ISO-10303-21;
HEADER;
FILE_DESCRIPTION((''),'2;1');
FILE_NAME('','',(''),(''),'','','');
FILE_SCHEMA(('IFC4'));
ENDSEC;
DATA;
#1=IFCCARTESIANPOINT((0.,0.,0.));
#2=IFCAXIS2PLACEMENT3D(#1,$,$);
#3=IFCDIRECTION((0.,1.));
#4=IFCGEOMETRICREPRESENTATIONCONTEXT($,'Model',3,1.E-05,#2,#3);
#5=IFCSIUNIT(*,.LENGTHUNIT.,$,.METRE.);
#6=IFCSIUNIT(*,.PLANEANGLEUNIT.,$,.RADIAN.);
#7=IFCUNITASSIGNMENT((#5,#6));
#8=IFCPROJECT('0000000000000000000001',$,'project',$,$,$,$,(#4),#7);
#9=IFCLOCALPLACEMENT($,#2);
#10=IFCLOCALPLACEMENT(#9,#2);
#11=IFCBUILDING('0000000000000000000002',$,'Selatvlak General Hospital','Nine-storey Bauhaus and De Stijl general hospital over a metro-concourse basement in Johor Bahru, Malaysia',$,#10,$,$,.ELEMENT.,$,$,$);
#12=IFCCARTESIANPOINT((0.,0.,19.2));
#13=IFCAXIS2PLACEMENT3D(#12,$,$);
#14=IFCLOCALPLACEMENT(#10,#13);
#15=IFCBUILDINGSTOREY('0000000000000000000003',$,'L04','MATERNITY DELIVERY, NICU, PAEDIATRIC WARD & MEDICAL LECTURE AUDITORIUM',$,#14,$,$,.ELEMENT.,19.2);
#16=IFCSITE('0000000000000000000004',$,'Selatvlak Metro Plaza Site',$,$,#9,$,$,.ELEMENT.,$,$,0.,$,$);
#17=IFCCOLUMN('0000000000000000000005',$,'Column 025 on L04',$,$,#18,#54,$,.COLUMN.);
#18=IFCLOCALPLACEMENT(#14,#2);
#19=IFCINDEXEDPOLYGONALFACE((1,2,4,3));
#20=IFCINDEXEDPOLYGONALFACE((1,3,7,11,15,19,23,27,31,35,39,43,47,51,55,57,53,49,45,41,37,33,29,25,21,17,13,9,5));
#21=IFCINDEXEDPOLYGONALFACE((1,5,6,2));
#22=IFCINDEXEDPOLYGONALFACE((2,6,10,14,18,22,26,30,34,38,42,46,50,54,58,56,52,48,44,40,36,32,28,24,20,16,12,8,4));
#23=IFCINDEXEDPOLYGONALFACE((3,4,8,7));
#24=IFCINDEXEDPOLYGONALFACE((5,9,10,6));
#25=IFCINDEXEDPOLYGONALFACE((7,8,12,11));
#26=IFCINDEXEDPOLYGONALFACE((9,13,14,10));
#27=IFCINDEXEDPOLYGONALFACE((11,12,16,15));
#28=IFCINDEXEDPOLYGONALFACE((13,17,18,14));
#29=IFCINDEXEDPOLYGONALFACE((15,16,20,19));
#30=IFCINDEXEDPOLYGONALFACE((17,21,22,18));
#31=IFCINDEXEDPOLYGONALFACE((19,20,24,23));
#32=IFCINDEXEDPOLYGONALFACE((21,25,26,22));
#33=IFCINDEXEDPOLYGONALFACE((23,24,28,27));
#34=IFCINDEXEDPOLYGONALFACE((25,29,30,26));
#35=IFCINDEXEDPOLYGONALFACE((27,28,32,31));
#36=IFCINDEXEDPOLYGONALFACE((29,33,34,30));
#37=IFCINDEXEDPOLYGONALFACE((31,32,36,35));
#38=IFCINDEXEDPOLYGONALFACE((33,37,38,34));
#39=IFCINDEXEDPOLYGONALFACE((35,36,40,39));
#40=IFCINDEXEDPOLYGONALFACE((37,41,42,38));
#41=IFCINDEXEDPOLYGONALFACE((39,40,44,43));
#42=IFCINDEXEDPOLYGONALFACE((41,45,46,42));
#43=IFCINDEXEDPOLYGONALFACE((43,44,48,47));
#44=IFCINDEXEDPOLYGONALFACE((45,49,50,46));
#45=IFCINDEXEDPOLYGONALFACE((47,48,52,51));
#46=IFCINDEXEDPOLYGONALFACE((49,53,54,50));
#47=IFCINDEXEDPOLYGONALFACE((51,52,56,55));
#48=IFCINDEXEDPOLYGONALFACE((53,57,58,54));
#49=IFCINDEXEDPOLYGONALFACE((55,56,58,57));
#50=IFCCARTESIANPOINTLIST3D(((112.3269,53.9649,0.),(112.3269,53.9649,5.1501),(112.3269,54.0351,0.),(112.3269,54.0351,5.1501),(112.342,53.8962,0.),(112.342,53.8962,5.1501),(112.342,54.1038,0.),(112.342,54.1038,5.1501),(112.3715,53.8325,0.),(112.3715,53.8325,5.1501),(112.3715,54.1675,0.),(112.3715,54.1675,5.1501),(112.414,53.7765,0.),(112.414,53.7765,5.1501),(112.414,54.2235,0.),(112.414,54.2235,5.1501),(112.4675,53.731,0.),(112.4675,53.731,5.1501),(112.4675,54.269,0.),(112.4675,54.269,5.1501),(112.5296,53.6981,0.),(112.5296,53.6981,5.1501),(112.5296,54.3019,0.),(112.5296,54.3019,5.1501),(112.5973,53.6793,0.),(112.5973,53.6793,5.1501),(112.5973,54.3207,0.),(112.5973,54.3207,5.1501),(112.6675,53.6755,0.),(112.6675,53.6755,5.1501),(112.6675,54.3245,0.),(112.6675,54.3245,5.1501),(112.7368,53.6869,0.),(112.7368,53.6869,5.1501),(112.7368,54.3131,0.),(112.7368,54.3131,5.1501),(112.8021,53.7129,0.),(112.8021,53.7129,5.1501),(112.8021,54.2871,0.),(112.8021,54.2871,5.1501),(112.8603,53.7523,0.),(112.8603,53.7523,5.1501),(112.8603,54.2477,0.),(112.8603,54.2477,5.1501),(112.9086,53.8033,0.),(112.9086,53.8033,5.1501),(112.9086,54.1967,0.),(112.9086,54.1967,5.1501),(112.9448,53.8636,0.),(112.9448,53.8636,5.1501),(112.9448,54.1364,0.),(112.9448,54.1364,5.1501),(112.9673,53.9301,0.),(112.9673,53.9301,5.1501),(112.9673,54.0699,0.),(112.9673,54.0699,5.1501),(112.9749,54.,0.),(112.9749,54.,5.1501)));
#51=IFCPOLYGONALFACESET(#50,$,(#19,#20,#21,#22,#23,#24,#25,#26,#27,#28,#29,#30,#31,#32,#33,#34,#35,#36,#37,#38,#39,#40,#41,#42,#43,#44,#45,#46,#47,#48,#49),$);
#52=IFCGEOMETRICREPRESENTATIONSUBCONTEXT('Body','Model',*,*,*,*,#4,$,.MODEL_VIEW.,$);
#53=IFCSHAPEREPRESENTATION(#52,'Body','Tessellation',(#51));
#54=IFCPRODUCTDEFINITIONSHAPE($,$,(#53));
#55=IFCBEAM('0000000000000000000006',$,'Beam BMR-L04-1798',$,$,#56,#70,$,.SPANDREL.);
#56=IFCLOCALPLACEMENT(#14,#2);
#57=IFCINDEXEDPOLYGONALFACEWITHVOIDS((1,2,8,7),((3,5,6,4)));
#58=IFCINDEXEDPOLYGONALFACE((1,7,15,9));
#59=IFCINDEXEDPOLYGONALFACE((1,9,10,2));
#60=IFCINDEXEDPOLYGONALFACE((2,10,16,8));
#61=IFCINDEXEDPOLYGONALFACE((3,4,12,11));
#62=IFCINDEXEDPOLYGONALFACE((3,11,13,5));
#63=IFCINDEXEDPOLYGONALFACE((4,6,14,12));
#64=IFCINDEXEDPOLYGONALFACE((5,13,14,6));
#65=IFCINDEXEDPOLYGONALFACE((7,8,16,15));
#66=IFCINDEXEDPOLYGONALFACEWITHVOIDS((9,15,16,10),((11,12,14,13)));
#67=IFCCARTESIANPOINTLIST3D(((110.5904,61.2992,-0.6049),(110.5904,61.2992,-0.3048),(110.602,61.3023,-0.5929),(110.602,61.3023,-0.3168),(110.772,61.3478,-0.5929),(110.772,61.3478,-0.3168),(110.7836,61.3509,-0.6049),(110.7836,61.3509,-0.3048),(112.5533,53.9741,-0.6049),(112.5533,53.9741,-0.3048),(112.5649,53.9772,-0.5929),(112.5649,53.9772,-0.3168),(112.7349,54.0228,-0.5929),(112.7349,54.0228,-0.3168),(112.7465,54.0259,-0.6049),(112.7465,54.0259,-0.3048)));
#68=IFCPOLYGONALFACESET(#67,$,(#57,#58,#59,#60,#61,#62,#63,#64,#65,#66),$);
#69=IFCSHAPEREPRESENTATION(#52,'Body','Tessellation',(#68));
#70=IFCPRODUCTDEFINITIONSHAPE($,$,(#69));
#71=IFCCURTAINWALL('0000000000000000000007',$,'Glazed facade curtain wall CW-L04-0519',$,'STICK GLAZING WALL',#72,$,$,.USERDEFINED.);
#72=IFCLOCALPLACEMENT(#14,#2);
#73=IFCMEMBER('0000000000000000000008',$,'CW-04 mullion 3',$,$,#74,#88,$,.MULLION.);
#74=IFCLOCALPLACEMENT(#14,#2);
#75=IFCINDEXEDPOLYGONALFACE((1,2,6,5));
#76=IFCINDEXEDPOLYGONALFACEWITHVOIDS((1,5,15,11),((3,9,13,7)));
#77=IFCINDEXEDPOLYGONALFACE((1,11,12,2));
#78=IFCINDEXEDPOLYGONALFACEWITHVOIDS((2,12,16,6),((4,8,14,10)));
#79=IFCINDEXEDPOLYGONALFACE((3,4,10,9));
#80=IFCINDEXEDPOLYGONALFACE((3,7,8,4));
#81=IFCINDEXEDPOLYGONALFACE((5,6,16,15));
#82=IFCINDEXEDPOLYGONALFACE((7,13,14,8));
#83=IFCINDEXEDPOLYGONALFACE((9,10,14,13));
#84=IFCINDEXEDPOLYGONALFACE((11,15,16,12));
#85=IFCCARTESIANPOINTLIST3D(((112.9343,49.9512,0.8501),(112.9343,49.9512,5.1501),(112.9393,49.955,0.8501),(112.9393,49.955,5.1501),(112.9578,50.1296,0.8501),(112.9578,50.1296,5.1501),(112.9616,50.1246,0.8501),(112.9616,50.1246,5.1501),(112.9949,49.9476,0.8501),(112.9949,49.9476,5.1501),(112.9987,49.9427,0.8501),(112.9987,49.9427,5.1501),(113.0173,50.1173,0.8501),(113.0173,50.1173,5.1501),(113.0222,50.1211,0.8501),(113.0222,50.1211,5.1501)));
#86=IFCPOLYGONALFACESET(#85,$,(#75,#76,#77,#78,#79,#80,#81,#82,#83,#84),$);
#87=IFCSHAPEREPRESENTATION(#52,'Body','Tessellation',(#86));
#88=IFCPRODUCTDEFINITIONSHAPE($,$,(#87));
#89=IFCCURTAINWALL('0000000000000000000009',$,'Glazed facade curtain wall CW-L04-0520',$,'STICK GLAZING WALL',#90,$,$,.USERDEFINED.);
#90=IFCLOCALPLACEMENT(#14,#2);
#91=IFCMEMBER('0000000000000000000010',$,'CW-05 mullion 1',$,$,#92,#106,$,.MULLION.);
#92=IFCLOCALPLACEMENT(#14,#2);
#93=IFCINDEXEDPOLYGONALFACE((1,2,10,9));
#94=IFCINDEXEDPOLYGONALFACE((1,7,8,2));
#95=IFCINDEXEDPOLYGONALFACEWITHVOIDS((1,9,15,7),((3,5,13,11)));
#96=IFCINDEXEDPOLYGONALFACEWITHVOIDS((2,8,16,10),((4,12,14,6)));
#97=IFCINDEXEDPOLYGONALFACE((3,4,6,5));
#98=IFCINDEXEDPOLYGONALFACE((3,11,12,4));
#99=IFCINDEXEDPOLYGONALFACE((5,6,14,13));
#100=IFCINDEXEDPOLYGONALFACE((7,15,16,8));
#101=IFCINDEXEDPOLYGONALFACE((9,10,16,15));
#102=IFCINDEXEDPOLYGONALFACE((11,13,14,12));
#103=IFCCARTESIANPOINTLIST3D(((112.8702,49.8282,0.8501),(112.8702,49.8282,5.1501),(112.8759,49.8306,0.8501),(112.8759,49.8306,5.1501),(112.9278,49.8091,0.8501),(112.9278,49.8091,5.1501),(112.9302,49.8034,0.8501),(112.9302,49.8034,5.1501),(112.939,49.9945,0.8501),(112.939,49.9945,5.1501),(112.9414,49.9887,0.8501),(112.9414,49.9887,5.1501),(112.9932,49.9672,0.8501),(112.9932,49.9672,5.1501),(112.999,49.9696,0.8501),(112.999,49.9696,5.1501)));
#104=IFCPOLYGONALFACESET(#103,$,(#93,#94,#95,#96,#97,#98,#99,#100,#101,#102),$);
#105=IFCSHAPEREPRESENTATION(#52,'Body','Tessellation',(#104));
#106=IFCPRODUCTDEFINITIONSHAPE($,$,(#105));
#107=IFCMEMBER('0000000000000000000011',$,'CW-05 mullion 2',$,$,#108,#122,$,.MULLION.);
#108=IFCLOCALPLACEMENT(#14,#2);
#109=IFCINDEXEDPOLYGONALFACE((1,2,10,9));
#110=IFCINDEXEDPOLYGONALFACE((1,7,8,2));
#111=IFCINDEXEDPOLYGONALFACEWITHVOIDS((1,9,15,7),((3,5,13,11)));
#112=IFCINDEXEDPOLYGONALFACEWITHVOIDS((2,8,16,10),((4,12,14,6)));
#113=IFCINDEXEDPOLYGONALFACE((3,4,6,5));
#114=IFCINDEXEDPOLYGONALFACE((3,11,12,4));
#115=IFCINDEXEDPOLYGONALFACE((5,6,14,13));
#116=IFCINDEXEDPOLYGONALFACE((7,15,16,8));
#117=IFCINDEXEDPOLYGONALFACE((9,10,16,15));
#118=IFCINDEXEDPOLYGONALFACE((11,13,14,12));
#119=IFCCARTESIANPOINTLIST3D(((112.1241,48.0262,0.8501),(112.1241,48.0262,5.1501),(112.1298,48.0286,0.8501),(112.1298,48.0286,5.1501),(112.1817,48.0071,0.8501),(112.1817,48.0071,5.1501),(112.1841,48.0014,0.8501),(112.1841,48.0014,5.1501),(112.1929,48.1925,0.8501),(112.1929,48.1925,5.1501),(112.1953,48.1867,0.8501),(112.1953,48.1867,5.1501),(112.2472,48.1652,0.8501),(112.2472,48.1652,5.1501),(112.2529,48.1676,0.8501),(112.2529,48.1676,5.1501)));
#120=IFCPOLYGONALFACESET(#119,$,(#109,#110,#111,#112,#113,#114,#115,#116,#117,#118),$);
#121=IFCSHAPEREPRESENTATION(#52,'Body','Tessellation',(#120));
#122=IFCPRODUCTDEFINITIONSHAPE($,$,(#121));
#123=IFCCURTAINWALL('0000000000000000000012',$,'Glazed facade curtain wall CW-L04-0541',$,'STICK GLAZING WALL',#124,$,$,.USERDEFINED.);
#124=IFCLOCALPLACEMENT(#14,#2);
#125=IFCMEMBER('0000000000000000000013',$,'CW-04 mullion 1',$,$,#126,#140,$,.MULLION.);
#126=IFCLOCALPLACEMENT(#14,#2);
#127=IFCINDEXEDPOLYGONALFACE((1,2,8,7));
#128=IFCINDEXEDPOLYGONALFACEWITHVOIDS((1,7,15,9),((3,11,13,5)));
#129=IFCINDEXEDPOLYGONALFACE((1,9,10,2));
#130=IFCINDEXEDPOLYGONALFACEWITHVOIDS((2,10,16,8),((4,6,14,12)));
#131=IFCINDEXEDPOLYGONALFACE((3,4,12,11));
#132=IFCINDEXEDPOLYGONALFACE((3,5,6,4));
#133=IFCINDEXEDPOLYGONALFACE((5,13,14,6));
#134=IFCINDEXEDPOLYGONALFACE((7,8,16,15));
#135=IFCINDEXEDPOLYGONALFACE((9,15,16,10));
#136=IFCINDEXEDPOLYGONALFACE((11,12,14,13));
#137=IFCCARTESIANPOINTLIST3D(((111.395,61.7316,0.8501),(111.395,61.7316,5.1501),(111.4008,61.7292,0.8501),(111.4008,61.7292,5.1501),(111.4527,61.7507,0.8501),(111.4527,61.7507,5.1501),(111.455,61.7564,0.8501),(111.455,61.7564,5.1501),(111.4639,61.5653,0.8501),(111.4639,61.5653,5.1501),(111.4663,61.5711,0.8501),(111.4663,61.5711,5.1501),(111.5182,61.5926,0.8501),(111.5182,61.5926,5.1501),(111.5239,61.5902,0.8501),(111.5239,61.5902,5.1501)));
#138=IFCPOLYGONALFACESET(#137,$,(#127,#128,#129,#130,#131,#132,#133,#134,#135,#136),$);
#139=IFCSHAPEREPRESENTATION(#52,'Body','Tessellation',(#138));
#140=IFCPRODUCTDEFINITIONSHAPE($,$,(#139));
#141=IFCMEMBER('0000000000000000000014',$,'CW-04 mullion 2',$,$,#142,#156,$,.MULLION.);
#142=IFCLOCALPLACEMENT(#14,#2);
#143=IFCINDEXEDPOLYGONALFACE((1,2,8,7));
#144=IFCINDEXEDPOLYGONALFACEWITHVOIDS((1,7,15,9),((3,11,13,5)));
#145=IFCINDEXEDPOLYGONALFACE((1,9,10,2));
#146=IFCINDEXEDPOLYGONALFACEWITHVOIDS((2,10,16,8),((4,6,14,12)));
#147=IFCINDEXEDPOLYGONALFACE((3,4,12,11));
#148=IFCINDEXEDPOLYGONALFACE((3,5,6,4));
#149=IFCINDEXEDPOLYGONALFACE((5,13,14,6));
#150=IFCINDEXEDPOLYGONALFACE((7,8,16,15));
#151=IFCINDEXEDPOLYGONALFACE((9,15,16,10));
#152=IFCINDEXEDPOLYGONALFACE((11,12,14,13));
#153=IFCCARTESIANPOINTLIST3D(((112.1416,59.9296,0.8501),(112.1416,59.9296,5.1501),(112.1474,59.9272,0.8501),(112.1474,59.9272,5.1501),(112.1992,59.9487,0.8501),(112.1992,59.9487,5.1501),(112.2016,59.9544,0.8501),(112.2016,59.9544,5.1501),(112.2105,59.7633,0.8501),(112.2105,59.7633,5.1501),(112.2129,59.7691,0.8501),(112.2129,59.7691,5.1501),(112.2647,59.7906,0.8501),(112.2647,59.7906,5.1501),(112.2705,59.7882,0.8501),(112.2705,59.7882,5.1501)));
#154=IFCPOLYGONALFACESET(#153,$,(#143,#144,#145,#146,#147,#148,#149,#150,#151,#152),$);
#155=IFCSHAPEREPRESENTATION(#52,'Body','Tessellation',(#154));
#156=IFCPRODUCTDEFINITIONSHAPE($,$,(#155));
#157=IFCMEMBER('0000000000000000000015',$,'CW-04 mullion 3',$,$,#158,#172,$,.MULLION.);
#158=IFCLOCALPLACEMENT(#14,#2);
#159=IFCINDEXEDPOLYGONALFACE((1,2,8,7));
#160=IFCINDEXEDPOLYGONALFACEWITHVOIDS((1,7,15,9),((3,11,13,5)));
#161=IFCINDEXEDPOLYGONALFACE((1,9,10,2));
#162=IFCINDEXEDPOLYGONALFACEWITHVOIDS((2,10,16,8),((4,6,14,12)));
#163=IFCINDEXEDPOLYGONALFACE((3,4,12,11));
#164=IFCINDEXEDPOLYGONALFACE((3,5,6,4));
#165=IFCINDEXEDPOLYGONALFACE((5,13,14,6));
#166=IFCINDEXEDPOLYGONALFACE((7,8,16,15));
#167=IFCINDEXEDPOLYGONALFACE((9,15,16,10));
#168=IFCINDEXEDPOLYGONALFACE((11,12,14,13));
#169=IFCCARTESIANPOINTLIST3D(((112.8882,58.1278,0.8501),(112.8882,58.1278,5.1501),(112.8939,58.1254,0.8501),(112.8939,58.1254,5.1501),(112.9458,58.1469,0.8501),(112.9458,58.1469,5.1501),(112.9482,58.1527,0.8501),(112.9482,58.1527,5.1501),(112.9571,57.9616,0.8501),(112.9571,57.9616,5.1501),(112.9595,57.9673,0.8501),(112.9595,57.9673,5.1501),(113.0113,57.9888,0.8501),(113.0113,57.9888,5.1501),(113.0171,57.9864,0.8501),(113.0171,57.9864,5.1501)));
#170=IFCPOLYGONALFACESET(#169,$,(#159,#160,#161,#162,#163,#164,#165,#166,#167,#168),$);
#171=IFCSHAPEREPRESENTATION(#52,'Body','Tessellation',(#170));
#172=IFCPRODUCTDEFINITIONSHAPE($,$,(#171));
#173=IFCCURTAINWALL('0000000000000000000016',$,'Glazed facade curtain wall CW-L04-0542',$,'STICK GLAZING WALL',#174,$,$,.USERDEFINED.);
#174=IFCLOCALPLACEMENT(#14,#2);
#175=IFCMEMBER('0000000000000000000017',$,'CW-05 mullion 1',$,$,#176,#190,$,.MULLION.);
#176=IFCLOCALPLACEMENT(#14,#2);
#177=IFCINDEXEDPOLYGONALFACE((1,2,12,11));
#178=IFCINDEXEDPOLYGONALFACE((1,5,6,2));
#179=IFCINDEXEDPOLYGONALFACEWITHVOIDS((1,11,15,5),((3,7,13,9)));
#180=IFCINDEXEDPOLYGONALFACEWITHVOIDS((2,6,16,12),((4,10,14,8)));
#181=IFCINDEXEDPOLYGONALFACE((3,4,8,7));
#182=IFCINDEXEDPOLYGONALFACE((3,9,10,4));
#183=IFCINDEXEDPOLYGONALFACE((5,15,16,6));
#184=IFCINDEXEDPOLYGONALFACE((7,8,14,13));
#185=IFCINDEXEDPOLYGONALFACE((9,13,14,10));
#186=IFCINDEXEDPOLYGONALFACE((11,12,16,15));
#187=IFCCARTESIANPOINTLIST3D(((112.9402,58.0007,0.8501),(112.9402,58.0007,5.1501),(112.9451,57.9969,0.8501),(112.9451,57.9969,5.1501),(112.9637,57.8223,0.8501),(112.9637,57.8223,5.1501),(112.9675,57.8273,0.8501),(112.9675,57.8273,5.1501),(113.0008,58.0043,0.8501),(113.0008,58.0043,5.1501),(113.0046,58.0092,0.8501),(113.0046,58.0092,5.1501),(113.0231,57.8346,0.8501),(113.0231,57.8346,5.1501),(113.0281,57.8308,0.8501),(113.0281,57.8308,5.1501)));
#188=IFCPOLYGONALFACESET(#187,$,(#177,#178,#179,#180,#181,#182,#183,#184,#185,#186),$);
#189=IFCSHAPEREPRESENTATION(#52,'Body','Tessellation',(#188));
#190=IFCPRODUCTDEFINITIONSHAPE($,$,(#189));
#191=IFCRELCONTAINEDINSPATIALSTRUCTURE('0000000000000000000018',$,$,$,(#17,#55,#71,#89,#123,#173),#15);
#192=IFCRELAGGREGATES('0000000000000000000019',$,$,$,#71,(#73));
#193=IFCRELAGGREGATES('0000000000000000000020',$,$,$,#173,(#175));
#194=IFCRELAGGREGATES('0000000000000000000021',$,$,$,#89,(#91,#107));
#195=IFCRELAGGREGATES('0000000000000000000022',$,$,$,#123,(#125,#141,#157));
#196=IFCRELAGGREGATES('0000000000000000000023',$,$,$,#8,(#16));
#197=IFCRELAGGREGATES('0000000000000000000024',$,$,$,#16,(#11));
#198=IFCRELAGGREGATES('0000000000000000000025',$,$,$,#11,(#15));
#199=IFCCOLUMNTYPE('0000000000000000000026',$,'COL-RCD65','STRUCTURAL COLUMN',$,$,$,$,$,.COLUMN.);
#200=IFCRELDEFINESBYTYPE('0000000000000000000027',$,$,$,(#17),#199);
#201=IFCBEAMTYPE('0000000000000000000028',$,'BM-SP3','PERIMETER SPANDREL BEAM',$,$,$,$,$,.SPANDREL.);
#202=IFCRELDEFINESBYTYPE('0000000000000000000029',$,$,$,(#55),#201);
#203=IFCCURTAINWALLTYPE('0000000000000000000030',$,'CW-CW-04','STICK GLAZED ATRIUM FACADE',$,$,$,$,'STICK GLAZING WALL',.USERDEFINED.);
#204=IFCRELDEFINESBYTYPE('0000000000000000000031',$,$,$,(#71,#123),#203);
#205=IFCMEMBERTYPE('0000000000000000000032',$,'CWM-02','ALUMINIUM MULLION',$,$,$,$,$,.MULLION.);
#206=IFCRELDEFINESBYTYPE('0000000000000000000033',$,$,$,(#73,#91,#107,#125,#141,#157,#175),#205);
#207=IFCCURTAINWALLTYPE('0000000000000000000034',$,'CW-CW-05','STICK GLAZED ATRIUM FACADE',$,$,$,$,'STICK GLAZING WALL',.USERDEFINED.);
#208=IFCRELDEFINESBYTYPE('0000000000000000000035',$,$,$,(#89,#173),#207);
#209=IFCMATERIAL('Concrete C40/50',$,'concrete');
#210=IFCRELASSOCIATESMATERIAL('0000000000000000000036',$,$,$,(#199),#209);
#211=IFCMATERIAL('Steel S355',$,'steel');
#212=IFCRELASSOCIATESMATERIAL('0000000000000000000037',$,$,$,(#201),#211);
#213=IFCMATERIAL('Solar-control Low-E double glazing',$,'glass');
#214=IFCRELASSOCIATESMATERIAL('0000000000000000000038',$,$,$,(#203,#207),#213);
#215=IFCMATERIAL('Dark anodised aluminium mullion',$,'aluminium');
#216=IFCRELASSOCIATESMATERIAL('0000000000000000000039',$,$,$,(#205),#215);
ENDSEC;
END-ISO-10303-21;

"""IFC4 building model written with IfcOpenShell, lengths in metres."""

from ifc_helpers import new_model, si_unit, direction, frame, origin, origin_2d, place, context, subcontext, project, spatial, hollow_rectangle, circle, extrude, material, material_profile, profile_set, type_object, element, aggregate, save


model = new_model("IFC4")

# Units and contexts
model_context = context("Model", 3, precision=1e-05, world=origin(), true_north=direction((0.0, 1.0)))
body_context = subcontext(model_context, "Body", "Model", "MODEL_VIEW")
ifc_project = project(units=[si_unit("LENGTHUNIT", "METRE"), si_unit("PLANEANGLEUNIT", "RADIAN")], contexts=[model_context])

# Site, building, storey
site_placement = place(None, origin())
site = spatial("IfcSite", under=ifc_project, at=site_placement, Name="Selatvlak Metro Plaza Site", CompositionType="ELEMENT", RefElevation=0.0)
building_placement = place(site_placement, origin())
building = spatial("IfcBuilding", under=site, at=building_placement, Name="Selatvlak General Hospital", Description="Nine-storey Bauhaus and De Stijl general hospital over a metro-concourse basement in Johor Bahru, Malaysia", CompositionType="ELEMENT")
storey_placement = place(building_placement, frame((0.0, 0.0, 19.2)))
storey = spatial("IfcBuildingStorey", under=building, at=storey_placement, Name="L04", Description="MATERNITY DELIVERY, NICU, PAEDIATRIC WARD & MEDICAL LECTURE AUDITORIUM", CompositionType="ELEMENT", Elevation=19.2)

# Column
ifc_material_1 = material(Name="Concrete C40/50", Category="concrete")
ifc_material_profile_1 = material_profile(ifc_material_1, circle(Radius=0.325, at=origin_2d()), Name="RC-COL D650")
ifc_profile_set_1 = profile_set([ifc_material_profile_1], Name="Concrete C40/50")
column_type = type_object("IfcColumnType", Name="COL-RCD65", Description="STRUCTURAL COLUMN", PredefinedType="COLUMN", material=ifc_profile_set_1)
column_placement = place(storey_placement, frame((112.6499, 54.0, 0.0), z_axis=(0.0, 0.0, 1.0), x_axis=(1.0, 0.0, 0.0)))
element("IfcColumn", 1, at=column_placement, inside=storey, type_object=column_type, Name="Column 025 on L04", PredefinedType="COLUMN", context=body_context, shape_type="SweptSolid", body=[
    extrude(circle(Radius=0.325, at=origin_2d()), origin(), (0.0, 0.0, 1.0), 5.1501),
])

# Beam
ifc_material_2 = material(Name="Steel S355", Category="steel")
ifc_material_profile_2 = material_profile(ifc_material_2, hollow_rectangle(XDim=0.2, YDim=0.3, WallThickness=0.012, at=origin_2d()), Name="RHS 300x200x12")
ifc_profile_set_2 = profile_set([ifc_material_profile_2], Name="Steel S355")
beam_type = type_object("IfcBeamType", Name="BM-SP3", Description="PERIMETER SPANDREL BEAM", PredefinedType="SPANDREL", material=ifc_profile_set_2)
beam_placement = place(storey_placement, frame((112.6499, 54.0, -0.4548), z_axis=(-0.258841, 0.96592, 0.0), x_axis=(-0.96592, -0.258841, 0.0)))
element("IfcBeam", 2, at=beam_placement, inside=storey, type_object=beam_type, Name="Beam BMR-L04-1798", PredefinedType="SPANDREL", context=body_context, shape_type="SweptSolid", body=[
    extrude(hollow_rectangle(XDim=0.2, YDim=0.3, WallThickness=0.012, at=origin_2d()), origin(), (0.0, 0.0, 1.0), 7.5835),
])

# Curtain wall, member
ifc_material_3 = material(Name="Solar-control Low-E double glazing", Category="glass")
curtain_wall_type_1 = type_object("IfcCurtainWallType", Name="CW-CW-04", Description="STICK GLAZED ATRIUM FACADE", ElementType="STICK GLAZING WALL", PredefinedType="USERDEFINED", material=ifc_material_3)
curtain_wall_1_placement = place(storey_placement, origin())
curtain_wall_1 = element("IfcCurtainWall", 3, at=curtain_wall_1_placement, inside=storey, type_object=curtain_wall_type_1, Name="Glazed facade curtain wall CW-L04-0519", ObjectType="STICK GLAZING WALL", PredefinedType="USERDEFINED")
ifc_material_4 = material(Name="Dark anodised aluminium mullion", Category="aluminium")
ifc_material_profile_3 = material_profile(ifc_material_4, hollow_rectangle(XDim=0.0649, YDim=0.1799, WallThickness=0.0044, at=origin_2d()), Name="AL-MUL 65x180x4.5")
ifc_profile_set_3 = profile_set([ifc_material_profile_3], Name="Dark anodised aluminium mullion")
member_type_1 = type_object("IfcMemberType", Name="CWM-02", Description="ALUMINIUM MULLION", PredefinedType="MULLION", material=ifc_profile_set_3)
member_1_placement = place(storey_placement, frame((112.9783, 50.0361, 0.8501), z_axis=(0.0, 0.0, 1.0), x_axis=(0.991448, -0.1305, 0.0)))
member_1 = element("IfcMember", 4, at=member_1_placement, type_object=member_type_1, Name="CW-04 mullion 3", PredefinedType="MULLION", context=body_context, shape_type="SweptSolid", body=[
    extrude(hollow_rectangle(XDim=0.0649, YDim=0.1799, WallThickness=0.0044, at=origin_2d()), origin(), (0.0, 0.0, 1.0), 4.3),
])
aggregate(curtain_wall_1, [member_1])

# Curtain walls, members
curtain_wall_type_2 = type_object("IfcCurtainWallType", Name="CW-CW-05", Description="STICK GLAZED ATRIUM FACADE", ElementType="STICK GLAZING WALL", PredefinedType="USERDEFINED", material=ifc_material_3)
curtain_wall_2_placement = place(storey_placement, origin())
curtain_wall_2 = element("IfcCurtainWall", 5, at=curtain_wall_2_placement, inside=storey, type_object=curtain_wall_type_2, Name="Glazed facade curtain wall CW-L04-0520", ObjectType="STICK GLAZING WALL", PredefinedType="USERDEFINED")
member_2_placement = place(storey_placement, frame((112.9346, 49.8989, 0.8501), z_axis=(0.0, 0.0, 1.0), x_axis=(0.92394, -0.382537, 0.0)))
member_2 = element("IfcMember", 6, at=member_2_placement, type_object=member_type_1, Name="CW-05 mullion 1", PredefinedType="MULLION", context=body_context, shape_type="SweptSolid", body=[
    extrude(hollow_rectangle(XDim=0.0649, YDim=0.1799, WallThickness=0.0044, at=origin_2d()), origin(), (0.0, 0.0, 1.0), 4.3),
])
member_3_placement = place(storey_placement, frame((112.1885, 48.0969, 0.8501), z_axis=(0.0, 0.0, 1.0), x_axis=(0.92394, -0.382537, 0.0)))
member_3 = element("IfcMember", 7, at=member_3_placement, type_object=member_type_1, Name="CW-05 mullion 2", PredefinedType="MULLION", context=body_context, shape_type="SweptSolid", body=[
    extrude(hollow_rectangle(XDim=0.0649, YDim=0.1799, WallThickness=0.0044, at=origin_2d()), origin(), (0.0, 0.0, 1.0), 4.3),
])
curtain_wall_3_placement = place(storey_placement, origin())
curtain_wall_3 = element("IfcCurtainWall", 8, at=curtain_wall_3_placement, inside=storey, type_object=curtain_wall_type_1, Name="Glazed facade curtain wall CW-L04-0541", ObjectType="STICK GLAZING WALL", PredefinedType="USERDEFINED")
member_4_placement = place(storey_placement, frame((111.4595, 61.6609, 0.8501), z_axis=(0.0, 0.0, 1.0), x_axis=(0.923851, 0.382753, 0.0)))
member_4 = element("IfcMember", 9, at=member_4_placement, type_object=member_type_1, Name="CW-04 mullion 1", PredefinedType="MULLION", context=body_context, shape_type="SweptSolid", body=[
    extrude(hollow_rectangle(XDim=0.0649, YDim=0.1799, WallThickness=0.0044, at=origin_2d()), origin(), (0.0, 0.0, 1.0), 4.3),
])
member_5_placement = place(storey_placement, frame((112.2061, 59.8589, 0.8501), z_axis=(0.0, 0.0, 1.0), x_axis=(0.923851, 0.382753, 0.0)))
member_5 = element("IfcMember", 10, at=member_5_placement, type_object=member_type_1, Name="CW-04 mullion 2", PredefinedType="MULLION", context=body_context, shape_type="SweptSolid", body=[
    extrude(hollow_rectangle(XDim=0.0649, YDim=0.1799, WallThickness=0.0044, at=origin_2d()), origin(), (0.0, 0.0, 1.0), 4.3),
])
member_6_placement = place(storey_placement, frame((112.9526, 58.0571, 0.8501), z_axis=(0.0, 0.0, 1.0), x_axis=(0.923851, 0.382753, 0.0)))
member_6 = element("IfcMember", 11, at=member_6_placement, type_object=member_type_1, Name="CW-04 mullion 3", PredefinedType="MULLION", context=body_context, shape_type="SweptSolid", body=[
    extrude(hollow_rectangle(XDim=0.0649, YDim=0.1799, WallThickness=0.0044, at=origin_2d()), origin(), (0.0, 0.0, 1.0), 4.3),
])

# Curtain wall, member
curtain_wall_4_placement = place(storey_placement, origin())
curtain_wall_4 = element("IfcCurtainWall", 12, at=curtain_wall_4_placement, inside=storey, type_object=curtain_wall_type_2, Name="Glazed facade curtain wall CW-L04-0542", ObjectType="STICK GLAZING WALL", PredefinedType="USERDEFINED")
member_7_placement = place(storey_placement, frame((112.9841, 57.9158, 0.8501), z_axis=(0.0, 0.0, 1.0), x_axis=(0.991452, 0.130474, 0.0)))
member_7 = element("IfcMember", 13, at=member_7_placement, type_object=member_type_1, Name="CW-05 mullion 1", PredefinedType="MULLION", context=body_context, shape_type="SweptSolid", body=[
    extrude(hollow_rectangle(XDim=0.0649, YDim=0.1799, WallThickness=0.0044, at=origin_2d()), origin(), (0.0, 0.0, 1.0), 4.3),
])
aggregate(curtain_wall_4, [member_7])

aggregate(curtain_wall_2, [member_2, member_3])
aggregate(curtain_wall_3, [member_4, member_5, member_6])

save(model, "model.ifc")
